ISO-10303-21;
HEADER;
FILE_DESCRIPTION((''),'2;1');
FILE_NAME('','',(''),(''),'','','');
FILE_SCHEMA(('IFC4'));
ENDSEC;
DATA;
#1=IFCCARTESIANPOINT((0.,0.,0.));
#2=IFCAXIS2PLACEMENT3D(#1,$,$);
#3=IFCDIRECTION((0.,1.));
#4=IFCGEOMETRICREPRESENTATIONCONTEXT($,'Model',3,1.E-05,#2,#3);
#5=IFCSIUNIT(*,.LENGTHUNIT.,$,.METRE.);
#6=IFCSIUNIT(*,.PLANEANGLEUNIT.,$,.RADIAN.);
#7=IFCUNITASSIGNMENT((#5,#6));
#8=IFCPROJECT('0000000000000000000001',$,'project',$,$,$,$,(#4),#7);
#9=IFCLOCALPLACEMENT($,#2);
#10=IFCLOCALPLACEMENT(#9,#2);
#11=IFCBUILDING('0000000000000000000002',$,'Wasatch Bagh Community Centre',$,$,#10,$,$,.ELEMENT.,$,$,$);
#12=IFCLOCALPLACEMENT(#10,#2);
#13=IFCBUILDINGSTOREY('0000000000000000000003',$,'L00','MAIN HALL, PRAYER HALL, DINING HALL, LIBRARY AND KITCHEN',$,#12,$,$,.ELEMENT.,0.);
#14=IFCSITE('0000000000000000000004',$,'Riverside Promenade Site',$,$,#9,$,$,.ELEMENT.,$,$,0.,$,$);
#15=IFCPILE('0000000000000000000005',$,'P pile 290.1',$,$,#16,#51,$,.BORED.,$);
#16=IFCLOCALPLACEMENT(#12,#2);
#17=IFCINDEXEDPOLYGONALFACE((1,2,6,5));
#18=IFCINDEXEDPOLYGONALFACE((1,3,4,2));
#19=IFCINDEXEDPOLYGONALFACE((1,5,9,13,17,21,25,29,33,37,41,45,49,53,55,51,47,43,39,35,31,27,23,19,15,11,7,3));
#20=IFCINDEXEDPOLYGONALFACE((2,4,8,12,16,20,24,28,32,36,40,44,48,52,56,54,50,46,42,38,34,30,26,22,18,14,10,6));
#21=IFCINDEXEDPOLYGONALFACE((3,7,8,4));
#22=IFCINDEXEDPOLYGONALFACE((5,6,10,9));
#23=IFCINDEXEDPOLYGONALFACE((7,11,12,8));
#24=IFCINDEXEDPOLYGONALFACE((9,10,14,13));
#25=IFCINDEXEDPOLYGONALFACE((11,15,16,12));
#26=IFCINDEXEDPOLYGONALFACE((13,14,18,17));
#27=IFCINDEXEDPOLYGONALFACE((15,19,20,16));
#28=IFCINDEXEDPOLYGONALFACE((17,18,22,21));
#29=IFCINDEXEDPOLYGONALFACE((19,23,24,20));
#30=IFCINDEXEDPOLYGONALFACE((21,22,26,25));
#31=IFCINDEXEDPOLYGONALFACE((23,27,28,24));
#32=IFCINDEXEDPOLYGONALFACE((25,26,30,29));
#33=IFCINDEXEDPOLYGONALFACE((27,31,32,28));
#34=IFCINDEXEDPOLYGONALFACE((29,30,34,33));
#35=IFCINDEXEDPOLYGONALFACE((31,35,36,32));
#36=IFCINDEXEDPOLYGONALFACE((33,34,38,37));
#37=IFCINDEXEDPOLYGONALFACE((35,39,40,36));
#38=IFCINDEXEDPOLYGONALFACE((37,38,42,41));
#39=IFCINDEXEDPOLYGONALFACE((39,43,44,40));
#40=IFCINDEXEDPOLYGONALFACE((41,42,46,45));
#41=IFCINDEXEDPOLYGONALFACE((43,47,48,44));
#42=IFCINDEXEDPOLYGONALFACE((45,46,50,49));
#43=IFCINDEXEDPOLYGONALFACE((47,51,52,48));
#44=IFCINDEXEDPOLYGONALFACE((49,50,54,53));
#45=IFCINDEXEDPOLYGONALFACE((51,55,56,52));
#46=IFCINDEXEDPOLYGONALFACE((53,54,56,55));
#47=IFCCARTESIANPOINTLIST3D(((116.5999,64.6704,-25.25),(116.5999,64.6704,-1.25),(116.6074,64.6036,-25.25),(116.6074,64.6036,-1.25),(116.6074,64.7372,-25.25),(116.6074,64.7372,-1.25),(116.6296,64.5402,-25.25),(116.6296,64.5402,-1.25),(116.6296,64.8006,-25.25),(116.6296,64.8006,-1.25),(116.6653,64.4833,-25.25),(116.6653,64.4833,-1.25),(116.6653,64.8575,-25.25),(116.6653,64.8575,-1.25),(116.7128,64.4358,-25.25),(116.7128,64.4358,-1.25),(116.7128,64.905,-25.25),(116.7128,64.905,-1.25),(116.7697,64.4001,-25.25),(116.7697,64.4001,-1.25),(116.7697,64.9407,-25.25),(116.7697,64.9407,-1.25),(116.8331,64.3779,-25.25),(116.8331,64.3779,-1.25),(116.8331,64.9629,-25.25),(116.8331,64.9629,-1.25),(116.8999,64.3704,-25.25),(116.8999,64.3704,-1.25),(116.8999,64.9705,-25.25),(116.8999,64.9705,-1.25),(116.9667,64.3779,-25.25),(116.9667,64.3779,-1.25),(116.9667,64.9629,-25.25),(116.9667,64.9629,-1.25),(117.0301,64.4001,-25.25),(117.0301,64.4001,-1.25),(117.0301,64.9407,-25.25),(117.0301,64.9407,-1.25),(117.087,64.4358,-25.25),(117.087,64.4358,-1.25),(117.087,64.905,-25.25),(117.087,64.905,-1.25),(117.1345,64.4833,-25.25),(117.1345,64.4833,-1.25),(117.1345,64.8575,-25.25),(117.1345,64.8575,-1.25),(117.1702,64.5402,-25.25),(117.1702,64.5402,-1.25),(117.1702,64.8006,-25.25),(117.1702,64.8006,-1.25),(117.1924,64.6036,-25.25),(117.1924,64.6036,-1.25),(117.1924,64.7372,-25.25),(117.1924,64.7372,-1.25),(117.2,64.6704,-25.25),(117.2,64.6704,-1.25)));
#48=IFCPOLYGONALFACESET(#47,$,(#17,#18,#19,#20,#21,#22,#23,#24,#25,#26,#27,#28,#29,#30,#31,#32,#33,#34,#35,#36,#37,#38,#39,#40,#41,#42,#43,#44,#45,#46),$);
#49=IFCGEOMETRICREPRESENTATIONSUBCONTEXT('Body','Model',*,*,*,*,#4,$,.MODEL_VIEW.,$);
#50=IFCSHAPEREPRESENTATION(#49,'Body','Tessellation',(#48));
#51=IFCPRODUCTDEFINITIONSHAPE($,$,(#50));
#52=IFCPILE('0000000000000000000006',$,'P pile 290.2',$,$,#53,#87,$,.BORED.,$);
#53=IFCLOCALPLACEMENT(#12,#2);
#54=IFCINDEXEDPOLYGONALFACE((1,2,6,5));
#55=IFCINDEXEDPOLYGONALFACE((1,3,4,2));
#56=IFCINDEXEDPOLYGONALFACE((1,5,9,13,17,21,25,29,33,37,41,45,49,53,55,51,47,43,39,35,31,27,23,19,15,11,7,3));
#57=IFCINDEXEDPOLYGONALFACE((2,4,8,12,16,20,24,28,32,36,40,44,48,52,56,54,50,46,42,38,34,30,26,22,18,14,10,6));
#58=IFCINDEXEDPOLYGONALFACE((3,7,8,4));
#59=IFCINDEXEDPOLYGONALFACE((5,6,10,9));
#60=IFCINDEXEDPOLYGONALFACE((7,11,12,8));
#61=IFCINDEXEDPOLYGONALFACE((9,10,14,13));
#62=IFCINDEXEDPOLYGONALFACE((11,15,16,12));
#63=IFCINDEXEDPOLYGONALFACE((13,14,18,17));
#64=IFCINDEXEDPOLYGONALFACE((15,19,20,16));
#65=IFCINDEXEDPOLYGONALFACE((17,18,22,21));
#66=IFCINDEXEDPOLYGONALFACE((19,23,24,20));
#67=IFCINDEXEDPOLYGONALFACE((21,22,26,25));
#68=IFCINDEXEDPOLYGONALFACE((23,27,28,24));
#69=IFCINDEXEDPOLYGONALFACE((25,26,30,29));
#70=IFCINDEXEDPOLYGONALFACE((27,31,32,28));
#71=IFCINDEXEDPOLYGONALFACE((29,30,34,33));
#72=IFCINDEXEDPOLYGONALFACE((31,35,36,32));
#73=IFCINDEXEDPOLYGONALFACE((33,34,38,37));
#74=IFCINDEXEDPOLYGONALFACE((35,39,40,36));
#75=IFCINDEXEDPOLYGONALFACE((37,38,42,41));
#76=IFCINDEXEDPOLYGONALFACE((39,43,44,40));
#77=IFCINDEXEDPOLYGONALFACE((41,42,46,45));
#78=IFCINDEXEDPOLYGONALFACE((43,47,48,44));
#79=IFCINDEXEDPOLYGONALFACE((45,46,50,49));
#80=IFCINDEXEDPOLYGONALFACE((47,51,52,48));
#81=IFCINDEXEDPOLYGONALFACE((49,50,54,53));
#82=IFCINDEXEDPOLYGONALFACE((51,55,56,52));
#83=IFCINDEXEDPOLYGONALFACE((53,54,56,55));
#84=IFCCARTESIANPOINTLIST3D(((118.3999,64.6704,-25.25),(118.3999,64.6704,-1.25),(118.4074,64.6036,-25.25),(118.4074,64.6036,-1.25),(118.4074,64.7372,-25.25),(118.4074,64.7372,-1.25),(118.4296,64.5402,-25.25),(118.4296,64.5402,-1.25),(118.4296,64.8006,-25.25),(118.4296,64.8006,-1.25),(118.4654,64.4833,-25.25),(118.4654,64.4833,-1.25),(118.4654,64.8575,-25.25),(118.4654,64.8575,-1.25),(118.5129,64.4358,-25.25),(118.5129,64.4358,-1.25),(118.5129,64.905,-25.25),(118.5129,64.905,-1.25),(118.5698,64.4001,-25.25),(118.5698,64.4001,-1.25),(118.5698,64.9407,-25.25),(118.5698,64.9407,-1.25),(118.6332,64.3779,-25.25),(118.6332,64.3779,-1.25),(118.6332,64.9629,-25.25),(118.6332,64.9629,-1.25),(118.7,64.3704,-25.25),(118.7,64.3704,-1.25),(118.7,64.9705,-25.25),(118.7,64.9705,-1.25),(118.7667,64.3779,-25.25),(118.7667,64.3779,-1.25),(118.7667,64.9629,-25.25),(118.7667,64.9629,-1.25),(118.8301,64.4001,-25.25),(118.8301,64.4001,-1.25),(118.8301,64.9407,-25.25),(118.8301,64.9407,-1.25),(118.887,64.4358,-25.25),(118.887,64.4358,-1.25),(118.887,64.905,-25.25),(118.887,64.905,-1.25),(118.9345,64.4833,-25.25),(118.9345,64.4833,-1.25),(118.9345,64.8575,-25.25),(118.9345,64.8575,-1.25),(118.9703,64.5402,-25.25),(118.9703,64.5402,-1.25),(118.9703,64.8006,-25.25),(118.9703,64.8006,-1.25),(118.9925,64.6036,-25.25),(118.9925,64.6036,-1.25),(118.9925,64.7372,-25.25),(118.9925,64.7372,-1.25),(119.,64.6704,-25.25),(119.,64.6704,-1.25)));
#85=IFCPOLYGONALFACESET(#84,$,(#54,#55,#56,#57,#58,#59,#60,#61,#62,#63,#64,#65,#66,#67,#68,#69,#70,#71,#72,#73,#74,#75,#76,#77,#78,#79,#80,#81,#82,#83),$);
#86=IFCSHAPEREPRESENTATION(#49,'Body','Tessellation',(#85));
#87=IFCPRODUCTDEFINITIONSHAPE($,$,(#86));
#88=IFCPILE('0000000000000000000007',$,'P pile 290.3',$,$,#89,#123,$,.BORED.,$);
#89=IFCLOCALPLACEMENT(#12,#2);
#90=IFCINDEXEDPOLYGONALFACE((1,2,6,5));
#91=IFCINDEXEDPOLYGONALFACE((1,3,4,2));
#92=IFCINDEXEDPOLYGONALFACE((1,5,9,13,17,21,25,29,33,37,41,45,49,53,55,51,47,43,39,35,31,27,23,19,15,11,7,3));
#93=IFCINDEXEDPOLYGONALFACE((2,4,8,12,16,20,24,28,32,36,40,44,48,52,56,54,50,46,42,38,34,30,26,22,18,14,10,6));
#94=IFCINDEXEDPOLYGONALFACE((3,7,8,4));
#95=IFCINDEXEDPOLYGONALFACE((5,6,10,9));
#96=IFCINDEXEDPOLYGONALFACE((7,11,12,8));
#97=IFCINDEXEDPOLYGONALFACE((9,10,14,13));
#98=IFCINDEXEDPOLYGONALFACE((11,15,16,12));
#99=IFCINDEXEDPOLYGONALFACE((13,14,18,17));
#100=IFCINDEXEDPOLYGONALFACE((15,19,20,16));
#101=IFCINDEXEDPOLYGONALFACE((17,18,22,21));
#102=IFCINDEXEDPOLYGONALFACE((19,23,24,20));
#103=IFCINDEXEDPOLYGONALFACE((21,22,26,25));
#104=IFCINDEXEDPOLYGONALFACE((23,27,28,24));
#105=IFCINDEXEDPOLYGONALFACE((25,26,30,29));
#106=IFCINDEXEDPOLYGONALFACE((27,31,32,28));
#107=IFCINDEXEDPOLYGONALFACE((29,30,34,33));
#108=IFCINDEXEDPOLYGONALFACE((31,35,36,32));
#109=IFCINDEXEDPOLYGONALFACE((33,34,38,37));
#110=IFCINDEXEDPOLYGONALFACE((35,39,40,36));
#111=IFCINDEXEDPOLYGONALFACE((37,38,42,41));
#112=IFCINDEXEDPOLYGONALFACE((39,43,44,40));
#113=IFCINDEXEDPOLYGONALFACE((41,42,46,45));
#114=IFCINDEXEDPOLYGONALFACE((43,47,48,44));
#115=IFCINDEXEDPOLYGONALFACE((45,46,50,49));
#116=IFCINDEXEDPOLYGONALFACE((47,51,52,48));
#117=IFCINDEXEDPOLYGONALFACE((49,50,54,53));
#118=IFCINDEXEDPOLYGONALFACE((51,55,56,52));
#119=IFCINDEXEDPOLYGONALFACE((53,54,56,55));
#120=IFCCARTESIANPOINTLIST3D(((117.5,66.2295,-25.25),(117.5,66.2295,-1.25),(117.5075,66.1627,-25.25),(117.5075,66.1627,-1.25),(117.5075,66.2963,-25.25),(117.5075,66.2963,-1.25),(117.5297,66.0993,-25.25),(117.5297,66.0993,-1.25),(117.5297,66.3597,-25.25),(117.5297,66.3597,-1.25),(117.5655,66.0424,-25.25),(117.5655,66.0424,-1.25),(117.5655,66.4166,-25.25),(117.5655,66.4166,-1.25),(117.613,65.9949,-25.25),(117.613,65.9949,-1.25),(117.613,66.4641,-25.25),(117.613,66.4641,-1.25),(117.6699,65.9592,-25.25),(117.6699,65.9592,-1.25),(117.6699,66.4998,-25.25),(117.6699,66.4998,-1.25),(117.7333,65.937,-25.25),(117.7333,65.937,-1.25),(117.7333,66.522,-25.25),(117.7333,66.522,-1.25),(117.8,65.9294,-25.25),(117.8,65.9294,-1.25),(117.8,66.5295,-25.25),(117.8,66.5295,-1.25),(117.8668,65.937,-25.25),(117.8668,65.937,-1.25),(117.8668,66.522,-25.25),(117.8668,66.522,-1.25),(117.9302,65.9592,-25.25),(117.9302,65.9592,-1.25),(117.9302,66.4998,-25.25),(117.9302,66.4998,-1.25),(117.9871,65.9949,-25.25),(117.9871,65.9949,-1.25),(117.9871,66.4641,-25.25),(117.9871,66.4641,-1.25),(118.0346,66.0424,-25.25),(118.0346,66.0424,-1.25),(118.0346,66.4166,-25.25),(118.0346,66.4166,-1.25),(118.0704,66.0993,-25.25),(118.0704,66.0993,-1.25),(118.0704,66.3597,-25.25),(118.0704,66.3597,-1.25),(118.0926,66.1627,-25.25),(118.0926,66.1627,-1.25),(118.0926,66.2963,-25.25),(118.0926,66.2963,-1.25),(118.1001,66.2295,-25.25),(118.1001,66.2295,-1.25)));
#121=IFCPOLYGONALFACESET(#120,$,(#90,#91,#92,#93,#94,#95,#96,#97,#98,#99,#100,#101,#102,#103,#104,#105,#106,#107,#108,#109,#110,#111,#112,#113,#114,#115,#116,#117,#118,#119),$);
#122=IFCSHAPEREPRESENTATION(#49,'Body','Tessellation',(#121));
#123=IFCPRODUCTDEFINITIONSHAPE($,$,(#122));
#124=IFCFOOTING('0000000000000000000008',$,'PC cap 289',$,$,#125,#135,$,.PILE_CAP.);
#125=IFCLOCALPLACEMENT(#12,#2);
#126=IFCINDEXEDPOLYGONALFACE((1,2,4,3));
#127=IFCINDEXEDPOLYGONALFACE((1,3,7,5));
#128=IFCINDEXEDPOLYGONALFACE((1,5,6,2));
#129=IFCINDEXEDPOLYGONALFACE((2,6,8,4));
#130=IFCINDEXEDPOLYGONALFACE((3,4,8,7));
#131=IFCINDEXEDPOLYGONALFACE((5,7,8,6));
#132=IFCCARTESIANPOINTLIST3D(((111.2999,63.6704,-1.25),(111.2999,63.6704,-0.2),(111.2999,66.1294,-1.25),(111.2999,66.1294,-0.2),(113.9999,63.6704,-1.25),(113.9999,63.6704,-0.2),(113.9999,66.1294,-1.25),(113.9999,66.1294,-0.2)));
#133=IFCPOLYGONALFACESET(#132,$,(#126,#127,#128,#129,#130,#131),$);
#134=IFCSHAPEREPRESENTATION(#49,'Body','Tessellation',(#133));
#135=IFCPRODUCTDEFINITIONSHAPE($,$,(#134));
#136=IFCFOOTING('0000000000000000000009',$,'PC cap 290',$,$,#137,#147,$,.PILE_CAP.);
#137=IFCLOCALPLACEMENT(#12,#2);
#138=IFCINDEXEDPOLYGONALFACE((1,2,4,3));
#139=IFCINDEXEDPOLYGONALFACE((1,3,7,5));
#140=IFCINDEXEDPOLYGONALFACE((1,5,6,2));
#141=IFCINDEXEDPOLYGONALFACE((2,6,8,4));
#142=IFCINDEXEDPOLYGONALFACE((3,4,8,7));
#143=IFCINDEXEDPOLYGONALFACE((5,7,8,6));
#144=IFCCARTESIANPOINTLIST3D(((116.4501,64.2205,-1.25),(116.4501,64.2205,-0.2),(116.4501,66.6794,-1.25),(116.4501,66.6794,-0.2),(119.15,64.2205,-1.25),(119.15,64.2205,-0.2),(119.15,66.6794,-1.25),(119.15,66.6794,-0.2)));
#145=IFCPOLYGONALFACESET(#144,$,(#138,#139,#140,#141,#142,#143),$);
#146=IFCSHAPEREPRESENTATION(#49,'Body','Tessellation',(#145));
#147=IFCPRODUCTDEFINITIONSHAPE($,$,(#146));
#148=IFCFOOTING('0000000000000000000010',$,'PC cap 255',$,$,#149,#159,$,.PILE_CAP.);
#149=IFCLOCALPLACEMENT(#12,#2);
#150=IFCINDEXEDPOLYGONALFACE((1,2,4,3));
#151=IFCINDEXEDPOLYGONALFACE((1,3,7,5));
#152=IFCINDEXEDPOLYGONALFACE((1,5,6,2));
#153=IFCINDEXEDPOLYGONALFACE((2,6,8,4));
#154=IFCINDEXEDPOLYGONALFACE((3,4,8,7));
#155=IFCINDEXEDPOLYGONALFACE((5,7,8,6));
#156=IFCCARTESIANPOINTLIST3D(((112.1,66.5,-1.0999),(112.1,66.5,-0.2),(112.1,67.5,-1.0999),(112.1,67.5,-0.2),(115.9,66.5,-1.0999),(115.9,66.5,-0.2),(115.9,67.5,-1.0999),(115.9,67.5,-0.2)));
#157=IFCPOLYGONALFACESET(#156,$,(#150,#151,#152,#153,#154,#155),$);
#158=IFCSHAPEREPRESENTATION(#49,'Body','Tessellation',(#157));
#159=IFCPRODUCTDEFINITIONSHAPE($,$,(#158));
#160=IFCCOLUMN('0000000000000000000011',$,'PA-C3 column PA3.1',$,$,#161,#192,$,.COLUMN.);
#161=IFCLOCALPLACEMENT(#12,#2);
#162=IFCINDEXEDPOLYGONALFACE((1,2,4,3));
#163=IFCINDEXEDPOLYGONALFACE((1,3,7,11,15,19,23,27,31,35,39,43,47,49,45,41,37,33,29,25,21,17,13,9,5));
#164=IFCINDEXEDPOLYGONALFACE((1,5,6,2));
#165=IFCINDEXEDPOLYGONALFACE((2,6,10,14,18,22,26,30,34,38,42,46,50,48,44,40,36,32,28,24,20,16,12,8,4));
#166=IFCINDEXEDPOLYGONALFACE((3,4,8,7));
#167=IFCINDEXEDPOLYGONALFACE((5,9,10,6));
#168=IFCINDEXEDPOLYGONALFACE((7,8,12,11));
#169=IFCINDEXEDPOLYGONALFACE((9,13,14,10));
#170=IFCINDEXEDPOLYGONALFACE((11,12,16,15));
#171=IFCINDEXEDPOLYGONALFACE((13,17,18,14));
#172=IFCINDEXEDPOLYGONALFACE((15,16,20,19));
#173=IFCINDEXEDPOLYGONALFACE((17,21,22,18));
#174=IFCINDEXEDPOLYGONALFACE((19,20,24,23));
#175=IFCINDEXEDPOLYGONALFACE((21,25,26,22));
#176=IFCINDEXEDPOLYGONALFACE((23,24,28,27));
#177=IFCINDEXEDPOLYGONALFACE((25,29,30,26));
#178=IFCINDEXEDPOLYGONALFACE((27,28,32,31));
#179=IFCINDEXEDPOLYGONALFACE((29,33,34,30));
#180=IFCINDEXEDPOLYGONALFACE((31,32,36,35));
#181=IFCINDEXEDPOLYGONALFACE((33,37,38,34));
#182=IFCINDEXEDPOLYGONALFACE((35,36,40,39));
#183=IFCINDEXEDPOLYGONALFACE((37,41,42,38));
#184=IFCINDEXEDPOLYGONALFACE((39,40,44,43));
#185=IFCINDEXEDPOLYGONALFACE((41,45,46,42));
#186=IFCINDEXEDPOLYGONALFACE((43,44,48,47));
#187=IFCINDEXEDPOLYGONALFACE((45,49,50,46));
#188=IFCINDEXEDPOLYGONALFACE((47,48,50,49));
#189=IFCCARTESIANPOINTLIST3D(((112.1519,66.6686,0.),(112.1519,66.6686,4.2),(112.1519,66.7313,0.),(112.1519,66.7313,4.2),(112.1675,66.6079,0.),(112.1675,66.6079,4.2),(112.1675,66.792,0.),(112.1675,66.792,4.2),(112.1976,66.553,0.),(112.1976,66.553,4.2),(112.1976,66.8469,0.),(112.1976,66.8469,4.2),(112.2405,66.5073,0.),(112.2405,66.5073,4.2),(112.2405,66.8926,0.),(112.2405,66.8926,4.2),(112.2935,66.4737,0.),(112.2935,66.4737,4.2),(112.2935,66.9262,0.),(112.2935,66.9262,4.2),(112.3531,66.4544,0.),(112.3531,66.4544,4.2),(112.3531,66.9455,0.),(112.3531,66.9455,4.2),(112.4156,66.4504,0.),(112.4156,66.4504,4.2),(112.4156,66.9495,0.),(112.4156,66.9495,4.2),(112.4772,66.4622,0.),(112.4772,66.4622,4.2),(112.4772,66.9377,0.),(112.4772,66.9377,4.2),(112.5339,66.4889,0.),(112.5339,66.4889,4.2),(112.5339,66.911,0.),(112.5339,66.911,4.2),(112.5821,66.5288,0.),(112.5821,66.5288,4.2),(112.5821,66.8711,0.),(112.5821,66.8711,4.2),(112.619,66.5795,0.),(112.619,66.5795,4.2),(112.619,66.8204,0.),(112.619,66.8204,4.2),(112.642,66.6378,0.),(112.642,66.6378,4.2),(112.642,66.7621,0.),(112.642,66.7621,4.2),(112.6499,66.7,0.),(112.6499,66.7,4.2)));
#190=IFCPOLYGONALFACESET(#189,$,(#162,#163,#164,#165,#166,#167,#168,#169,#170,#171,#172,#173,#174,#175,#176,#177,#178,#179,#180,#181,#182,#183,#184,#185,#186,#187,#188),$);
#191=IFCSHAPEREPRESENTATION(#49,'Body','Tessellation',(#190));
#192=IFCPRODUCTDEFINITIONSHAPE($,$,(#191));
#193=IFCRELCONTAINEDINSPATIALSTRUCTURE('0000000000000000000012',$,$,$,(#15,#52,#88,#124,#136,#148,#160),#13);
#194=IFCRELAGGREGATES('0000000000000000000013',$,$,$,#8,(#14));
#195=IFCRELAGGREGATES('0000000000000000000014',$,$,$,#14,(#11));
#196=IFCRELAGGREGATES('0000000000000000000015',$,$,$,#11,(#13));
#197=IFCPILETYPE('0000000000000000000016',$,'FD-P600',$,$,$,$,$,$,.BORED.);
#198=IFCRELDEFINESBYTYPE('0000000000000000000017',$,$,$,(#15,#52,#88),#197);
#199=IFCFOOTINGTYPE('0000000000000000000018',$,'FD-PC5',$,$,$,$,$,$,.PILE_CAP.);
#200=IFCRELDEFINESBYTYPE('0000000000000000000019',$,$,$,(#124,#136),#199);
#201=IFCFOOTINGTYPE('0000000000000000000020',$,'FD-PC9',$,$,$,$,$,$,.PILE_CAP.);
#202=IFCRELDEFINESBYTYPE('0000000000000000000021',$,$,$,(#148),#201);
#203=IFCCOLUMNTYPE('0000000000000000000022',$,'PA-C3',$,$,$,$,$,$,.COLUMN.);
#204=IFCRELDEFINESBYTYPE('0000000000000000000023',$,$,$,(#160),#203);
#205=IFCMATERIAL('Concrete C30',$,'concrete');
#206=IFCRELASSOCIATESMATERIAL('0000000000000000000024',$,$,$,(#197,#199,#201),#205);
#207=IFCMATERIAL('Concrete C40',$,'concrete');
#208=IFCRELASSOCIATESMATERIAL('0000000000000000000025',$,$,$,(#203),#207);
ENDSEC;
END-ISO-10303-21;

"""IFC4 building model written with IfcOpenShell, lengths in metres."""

from ifc_helpers import new_model, si_unit, direction, frame, origin, origin_2d, place, context, subcontext, project, spatial, rectangle, circle, extrude, material, material_profile, profile_set, type_object, element, save


model = new_model("IFC4")

# Units and contexts
model_context = context("Model", 3, precision=1e-05, world=origin(), true_north=direction((0.0, 1.0)))
body_context = subcontext(model_context, "Body", "Model", "MODEL_VIEW")
ifc_project = project(units=[si_unit("LENGTHUNIT", "METRE"), si_unit("PLANEANGLEUNIT", "RADIAN")], contexts=[model_context])

# Site, building, storey
site_placement = place(None, origin())
site = spatial("IfcSite", under=ifc_project, at=site_placement, Name="Riverside Promenade Site", CompositionType="ELEMENT", RefElevation=0.0)
building_placement = place(site_placement, origin())
building = spatial("IfcBuilding", under=site, at=building_placement, Name="Wasatch Bagh Community Centre", CompositionType="ELEMENT")
storey_placement = place(building_placement, origin())
storey = spatial("IfcBuildingStorey", under=building, at=storey_placement, Name="L00", Description="MAIN HALL, PRAYER HALL, DINING HALL, LIBRARY AND KITCHEN", CompositionType="ELEMENT", Elevation=0.0)

# Piles
ifc_material_1 = material(Name="Concrete C30", Category="concrete")
ifc_material_profile_1 = material_profile(ifc_material_1, circle(Radius=0.3, at=origin_2d()), Name="RC D600")
ifc_profile_set_1 = profile_set([ifc_material_profile_1], Name="Concrete C30")
pile_type_1 = type_object("IfcPileType", Name="FD-P600", PredefinedType="BORED", material=ifc_profile_set_1)
for number, where, z_axis, x_axis, name in (
    (1, (116.8999, 64.6704, -1.25), (0.0, 0.0, -1.0), (1.0, 0.0, 0.0), "P pile 290.1"),
    (2, (118.7, 64.6704, -1.25), (0.0, 0.0, -1.0), (1.0, 0.0, 0.0), "P pile 290.2"),
    (3, (117.8, 66.2295, -1.25), (0.0, 0.0, -1.0), (1.0, 0.0, 0.0), "P pile 290.3"),
):
    element("IfcPile", number, at=place(storey_placement, frame(where, z_axis=z_axis, x_axis=x_axis)), inside=storey, type_object=pile_type_1, Name=name, PredefinedType="BORED", context=body_context, shape_type="SweptSolid", body=[
        extrude(circle(Radius=0.3, at=origin_2d()), origin(), (0.0, 0.0, 1.0), 24.0),
    ])

# Footings
footing_type_1 = type_object("IfcFootingType", Name="FD-PC5", PredefinedType="PILE_CAP", material=ifc_material_1)
for number, where, z_axis, x_axis, name in (
    (4, (112.6499, 64.8999, -1.25), (0.0, 0.0, 1.0), (1.0, 0.0, 0.0), "PC cap 289"),
    (5, (117.8, 65.45, -1.25), (0.0, 0.0, 1.0), (1.0, 0.0, 0.0), "PC cap 290"),
):
    element("IfcFooting", number, at=place(storey_placement, frame(where, z_axis=z_axis, x_axis=x_axis)), inside=storey, type_object=footing_type_1, Name=name, PredefinedType="PILE_CAP", context=body_context, shape_type="SweptSolid", body=[
        extrude(rectangle(XDim=2.7, YDim=2.459, at=origin_2d()), origin(), (0.0, 0.0, 1.0), 1.05),
    ])
footing_type_2 = type_object("IfcFootingType", Name="FD-PC9", PredefinedType="PILE_CAP", material=ifc_material_1)
footing_1_placement = place(storey_placement, frame((114.0, 67.0, -1.0999), z_axis=(0.0, 0.0, 1.0), x_axis=(1.0, 0.0, 0.0)))
element("IfcFooting", 6, at=footing_1_placement, inside=storey, type_object=footing_type_2, Name="PC cap 255", PredefinedType="PILE_CAP", context=body_context, shape_type="SweptSolid", body=[
    extrude(rectangle(XDim=3.8, YDim=1.0, at=origin_2d()), origin(), (0.0, 0.0, 1.0), 0.8999),
])

# Column
ifc_material_2 = material(Name="Concrete C40", Category="concrete")
ifc_material_profile_2 = material_profile(ifc_material_2, circle(Radius=0.25, at=origin_2d()), Name="RC D500")
ifc_profile_set_2 = profile_set([ifc_material_profile_2], Name="Concrete C40")
column_type_1 = type_object("IfcColumnType", Name="PA-C3", PredefinedType="COLUMN", material=ifc_profile_set_2)
for number, where, z_axis, x_axis, name in (
    (7, (112.3999, 66.7, 0.0), (0.0, 0.0, 1.0), (1.0, 0.0, 0.0), "PA-C3 column PA3.1"),
):
    element("IfcColumn", number, at=place(storey_placement, frame(where, z_axis=z_axis, x_axis=x_axis)), inside=storey, type_object=column_type_1, Name=name, PredefinedType="COLUMN", context=body_context, shape_type="SweptSolid", body=[
        extrude(circle(Radius=0.25, at=origin_2d()), origin(), (0.0, 0.0, 1.0), 4.2),
    ])

save(model, "model.ifc")
